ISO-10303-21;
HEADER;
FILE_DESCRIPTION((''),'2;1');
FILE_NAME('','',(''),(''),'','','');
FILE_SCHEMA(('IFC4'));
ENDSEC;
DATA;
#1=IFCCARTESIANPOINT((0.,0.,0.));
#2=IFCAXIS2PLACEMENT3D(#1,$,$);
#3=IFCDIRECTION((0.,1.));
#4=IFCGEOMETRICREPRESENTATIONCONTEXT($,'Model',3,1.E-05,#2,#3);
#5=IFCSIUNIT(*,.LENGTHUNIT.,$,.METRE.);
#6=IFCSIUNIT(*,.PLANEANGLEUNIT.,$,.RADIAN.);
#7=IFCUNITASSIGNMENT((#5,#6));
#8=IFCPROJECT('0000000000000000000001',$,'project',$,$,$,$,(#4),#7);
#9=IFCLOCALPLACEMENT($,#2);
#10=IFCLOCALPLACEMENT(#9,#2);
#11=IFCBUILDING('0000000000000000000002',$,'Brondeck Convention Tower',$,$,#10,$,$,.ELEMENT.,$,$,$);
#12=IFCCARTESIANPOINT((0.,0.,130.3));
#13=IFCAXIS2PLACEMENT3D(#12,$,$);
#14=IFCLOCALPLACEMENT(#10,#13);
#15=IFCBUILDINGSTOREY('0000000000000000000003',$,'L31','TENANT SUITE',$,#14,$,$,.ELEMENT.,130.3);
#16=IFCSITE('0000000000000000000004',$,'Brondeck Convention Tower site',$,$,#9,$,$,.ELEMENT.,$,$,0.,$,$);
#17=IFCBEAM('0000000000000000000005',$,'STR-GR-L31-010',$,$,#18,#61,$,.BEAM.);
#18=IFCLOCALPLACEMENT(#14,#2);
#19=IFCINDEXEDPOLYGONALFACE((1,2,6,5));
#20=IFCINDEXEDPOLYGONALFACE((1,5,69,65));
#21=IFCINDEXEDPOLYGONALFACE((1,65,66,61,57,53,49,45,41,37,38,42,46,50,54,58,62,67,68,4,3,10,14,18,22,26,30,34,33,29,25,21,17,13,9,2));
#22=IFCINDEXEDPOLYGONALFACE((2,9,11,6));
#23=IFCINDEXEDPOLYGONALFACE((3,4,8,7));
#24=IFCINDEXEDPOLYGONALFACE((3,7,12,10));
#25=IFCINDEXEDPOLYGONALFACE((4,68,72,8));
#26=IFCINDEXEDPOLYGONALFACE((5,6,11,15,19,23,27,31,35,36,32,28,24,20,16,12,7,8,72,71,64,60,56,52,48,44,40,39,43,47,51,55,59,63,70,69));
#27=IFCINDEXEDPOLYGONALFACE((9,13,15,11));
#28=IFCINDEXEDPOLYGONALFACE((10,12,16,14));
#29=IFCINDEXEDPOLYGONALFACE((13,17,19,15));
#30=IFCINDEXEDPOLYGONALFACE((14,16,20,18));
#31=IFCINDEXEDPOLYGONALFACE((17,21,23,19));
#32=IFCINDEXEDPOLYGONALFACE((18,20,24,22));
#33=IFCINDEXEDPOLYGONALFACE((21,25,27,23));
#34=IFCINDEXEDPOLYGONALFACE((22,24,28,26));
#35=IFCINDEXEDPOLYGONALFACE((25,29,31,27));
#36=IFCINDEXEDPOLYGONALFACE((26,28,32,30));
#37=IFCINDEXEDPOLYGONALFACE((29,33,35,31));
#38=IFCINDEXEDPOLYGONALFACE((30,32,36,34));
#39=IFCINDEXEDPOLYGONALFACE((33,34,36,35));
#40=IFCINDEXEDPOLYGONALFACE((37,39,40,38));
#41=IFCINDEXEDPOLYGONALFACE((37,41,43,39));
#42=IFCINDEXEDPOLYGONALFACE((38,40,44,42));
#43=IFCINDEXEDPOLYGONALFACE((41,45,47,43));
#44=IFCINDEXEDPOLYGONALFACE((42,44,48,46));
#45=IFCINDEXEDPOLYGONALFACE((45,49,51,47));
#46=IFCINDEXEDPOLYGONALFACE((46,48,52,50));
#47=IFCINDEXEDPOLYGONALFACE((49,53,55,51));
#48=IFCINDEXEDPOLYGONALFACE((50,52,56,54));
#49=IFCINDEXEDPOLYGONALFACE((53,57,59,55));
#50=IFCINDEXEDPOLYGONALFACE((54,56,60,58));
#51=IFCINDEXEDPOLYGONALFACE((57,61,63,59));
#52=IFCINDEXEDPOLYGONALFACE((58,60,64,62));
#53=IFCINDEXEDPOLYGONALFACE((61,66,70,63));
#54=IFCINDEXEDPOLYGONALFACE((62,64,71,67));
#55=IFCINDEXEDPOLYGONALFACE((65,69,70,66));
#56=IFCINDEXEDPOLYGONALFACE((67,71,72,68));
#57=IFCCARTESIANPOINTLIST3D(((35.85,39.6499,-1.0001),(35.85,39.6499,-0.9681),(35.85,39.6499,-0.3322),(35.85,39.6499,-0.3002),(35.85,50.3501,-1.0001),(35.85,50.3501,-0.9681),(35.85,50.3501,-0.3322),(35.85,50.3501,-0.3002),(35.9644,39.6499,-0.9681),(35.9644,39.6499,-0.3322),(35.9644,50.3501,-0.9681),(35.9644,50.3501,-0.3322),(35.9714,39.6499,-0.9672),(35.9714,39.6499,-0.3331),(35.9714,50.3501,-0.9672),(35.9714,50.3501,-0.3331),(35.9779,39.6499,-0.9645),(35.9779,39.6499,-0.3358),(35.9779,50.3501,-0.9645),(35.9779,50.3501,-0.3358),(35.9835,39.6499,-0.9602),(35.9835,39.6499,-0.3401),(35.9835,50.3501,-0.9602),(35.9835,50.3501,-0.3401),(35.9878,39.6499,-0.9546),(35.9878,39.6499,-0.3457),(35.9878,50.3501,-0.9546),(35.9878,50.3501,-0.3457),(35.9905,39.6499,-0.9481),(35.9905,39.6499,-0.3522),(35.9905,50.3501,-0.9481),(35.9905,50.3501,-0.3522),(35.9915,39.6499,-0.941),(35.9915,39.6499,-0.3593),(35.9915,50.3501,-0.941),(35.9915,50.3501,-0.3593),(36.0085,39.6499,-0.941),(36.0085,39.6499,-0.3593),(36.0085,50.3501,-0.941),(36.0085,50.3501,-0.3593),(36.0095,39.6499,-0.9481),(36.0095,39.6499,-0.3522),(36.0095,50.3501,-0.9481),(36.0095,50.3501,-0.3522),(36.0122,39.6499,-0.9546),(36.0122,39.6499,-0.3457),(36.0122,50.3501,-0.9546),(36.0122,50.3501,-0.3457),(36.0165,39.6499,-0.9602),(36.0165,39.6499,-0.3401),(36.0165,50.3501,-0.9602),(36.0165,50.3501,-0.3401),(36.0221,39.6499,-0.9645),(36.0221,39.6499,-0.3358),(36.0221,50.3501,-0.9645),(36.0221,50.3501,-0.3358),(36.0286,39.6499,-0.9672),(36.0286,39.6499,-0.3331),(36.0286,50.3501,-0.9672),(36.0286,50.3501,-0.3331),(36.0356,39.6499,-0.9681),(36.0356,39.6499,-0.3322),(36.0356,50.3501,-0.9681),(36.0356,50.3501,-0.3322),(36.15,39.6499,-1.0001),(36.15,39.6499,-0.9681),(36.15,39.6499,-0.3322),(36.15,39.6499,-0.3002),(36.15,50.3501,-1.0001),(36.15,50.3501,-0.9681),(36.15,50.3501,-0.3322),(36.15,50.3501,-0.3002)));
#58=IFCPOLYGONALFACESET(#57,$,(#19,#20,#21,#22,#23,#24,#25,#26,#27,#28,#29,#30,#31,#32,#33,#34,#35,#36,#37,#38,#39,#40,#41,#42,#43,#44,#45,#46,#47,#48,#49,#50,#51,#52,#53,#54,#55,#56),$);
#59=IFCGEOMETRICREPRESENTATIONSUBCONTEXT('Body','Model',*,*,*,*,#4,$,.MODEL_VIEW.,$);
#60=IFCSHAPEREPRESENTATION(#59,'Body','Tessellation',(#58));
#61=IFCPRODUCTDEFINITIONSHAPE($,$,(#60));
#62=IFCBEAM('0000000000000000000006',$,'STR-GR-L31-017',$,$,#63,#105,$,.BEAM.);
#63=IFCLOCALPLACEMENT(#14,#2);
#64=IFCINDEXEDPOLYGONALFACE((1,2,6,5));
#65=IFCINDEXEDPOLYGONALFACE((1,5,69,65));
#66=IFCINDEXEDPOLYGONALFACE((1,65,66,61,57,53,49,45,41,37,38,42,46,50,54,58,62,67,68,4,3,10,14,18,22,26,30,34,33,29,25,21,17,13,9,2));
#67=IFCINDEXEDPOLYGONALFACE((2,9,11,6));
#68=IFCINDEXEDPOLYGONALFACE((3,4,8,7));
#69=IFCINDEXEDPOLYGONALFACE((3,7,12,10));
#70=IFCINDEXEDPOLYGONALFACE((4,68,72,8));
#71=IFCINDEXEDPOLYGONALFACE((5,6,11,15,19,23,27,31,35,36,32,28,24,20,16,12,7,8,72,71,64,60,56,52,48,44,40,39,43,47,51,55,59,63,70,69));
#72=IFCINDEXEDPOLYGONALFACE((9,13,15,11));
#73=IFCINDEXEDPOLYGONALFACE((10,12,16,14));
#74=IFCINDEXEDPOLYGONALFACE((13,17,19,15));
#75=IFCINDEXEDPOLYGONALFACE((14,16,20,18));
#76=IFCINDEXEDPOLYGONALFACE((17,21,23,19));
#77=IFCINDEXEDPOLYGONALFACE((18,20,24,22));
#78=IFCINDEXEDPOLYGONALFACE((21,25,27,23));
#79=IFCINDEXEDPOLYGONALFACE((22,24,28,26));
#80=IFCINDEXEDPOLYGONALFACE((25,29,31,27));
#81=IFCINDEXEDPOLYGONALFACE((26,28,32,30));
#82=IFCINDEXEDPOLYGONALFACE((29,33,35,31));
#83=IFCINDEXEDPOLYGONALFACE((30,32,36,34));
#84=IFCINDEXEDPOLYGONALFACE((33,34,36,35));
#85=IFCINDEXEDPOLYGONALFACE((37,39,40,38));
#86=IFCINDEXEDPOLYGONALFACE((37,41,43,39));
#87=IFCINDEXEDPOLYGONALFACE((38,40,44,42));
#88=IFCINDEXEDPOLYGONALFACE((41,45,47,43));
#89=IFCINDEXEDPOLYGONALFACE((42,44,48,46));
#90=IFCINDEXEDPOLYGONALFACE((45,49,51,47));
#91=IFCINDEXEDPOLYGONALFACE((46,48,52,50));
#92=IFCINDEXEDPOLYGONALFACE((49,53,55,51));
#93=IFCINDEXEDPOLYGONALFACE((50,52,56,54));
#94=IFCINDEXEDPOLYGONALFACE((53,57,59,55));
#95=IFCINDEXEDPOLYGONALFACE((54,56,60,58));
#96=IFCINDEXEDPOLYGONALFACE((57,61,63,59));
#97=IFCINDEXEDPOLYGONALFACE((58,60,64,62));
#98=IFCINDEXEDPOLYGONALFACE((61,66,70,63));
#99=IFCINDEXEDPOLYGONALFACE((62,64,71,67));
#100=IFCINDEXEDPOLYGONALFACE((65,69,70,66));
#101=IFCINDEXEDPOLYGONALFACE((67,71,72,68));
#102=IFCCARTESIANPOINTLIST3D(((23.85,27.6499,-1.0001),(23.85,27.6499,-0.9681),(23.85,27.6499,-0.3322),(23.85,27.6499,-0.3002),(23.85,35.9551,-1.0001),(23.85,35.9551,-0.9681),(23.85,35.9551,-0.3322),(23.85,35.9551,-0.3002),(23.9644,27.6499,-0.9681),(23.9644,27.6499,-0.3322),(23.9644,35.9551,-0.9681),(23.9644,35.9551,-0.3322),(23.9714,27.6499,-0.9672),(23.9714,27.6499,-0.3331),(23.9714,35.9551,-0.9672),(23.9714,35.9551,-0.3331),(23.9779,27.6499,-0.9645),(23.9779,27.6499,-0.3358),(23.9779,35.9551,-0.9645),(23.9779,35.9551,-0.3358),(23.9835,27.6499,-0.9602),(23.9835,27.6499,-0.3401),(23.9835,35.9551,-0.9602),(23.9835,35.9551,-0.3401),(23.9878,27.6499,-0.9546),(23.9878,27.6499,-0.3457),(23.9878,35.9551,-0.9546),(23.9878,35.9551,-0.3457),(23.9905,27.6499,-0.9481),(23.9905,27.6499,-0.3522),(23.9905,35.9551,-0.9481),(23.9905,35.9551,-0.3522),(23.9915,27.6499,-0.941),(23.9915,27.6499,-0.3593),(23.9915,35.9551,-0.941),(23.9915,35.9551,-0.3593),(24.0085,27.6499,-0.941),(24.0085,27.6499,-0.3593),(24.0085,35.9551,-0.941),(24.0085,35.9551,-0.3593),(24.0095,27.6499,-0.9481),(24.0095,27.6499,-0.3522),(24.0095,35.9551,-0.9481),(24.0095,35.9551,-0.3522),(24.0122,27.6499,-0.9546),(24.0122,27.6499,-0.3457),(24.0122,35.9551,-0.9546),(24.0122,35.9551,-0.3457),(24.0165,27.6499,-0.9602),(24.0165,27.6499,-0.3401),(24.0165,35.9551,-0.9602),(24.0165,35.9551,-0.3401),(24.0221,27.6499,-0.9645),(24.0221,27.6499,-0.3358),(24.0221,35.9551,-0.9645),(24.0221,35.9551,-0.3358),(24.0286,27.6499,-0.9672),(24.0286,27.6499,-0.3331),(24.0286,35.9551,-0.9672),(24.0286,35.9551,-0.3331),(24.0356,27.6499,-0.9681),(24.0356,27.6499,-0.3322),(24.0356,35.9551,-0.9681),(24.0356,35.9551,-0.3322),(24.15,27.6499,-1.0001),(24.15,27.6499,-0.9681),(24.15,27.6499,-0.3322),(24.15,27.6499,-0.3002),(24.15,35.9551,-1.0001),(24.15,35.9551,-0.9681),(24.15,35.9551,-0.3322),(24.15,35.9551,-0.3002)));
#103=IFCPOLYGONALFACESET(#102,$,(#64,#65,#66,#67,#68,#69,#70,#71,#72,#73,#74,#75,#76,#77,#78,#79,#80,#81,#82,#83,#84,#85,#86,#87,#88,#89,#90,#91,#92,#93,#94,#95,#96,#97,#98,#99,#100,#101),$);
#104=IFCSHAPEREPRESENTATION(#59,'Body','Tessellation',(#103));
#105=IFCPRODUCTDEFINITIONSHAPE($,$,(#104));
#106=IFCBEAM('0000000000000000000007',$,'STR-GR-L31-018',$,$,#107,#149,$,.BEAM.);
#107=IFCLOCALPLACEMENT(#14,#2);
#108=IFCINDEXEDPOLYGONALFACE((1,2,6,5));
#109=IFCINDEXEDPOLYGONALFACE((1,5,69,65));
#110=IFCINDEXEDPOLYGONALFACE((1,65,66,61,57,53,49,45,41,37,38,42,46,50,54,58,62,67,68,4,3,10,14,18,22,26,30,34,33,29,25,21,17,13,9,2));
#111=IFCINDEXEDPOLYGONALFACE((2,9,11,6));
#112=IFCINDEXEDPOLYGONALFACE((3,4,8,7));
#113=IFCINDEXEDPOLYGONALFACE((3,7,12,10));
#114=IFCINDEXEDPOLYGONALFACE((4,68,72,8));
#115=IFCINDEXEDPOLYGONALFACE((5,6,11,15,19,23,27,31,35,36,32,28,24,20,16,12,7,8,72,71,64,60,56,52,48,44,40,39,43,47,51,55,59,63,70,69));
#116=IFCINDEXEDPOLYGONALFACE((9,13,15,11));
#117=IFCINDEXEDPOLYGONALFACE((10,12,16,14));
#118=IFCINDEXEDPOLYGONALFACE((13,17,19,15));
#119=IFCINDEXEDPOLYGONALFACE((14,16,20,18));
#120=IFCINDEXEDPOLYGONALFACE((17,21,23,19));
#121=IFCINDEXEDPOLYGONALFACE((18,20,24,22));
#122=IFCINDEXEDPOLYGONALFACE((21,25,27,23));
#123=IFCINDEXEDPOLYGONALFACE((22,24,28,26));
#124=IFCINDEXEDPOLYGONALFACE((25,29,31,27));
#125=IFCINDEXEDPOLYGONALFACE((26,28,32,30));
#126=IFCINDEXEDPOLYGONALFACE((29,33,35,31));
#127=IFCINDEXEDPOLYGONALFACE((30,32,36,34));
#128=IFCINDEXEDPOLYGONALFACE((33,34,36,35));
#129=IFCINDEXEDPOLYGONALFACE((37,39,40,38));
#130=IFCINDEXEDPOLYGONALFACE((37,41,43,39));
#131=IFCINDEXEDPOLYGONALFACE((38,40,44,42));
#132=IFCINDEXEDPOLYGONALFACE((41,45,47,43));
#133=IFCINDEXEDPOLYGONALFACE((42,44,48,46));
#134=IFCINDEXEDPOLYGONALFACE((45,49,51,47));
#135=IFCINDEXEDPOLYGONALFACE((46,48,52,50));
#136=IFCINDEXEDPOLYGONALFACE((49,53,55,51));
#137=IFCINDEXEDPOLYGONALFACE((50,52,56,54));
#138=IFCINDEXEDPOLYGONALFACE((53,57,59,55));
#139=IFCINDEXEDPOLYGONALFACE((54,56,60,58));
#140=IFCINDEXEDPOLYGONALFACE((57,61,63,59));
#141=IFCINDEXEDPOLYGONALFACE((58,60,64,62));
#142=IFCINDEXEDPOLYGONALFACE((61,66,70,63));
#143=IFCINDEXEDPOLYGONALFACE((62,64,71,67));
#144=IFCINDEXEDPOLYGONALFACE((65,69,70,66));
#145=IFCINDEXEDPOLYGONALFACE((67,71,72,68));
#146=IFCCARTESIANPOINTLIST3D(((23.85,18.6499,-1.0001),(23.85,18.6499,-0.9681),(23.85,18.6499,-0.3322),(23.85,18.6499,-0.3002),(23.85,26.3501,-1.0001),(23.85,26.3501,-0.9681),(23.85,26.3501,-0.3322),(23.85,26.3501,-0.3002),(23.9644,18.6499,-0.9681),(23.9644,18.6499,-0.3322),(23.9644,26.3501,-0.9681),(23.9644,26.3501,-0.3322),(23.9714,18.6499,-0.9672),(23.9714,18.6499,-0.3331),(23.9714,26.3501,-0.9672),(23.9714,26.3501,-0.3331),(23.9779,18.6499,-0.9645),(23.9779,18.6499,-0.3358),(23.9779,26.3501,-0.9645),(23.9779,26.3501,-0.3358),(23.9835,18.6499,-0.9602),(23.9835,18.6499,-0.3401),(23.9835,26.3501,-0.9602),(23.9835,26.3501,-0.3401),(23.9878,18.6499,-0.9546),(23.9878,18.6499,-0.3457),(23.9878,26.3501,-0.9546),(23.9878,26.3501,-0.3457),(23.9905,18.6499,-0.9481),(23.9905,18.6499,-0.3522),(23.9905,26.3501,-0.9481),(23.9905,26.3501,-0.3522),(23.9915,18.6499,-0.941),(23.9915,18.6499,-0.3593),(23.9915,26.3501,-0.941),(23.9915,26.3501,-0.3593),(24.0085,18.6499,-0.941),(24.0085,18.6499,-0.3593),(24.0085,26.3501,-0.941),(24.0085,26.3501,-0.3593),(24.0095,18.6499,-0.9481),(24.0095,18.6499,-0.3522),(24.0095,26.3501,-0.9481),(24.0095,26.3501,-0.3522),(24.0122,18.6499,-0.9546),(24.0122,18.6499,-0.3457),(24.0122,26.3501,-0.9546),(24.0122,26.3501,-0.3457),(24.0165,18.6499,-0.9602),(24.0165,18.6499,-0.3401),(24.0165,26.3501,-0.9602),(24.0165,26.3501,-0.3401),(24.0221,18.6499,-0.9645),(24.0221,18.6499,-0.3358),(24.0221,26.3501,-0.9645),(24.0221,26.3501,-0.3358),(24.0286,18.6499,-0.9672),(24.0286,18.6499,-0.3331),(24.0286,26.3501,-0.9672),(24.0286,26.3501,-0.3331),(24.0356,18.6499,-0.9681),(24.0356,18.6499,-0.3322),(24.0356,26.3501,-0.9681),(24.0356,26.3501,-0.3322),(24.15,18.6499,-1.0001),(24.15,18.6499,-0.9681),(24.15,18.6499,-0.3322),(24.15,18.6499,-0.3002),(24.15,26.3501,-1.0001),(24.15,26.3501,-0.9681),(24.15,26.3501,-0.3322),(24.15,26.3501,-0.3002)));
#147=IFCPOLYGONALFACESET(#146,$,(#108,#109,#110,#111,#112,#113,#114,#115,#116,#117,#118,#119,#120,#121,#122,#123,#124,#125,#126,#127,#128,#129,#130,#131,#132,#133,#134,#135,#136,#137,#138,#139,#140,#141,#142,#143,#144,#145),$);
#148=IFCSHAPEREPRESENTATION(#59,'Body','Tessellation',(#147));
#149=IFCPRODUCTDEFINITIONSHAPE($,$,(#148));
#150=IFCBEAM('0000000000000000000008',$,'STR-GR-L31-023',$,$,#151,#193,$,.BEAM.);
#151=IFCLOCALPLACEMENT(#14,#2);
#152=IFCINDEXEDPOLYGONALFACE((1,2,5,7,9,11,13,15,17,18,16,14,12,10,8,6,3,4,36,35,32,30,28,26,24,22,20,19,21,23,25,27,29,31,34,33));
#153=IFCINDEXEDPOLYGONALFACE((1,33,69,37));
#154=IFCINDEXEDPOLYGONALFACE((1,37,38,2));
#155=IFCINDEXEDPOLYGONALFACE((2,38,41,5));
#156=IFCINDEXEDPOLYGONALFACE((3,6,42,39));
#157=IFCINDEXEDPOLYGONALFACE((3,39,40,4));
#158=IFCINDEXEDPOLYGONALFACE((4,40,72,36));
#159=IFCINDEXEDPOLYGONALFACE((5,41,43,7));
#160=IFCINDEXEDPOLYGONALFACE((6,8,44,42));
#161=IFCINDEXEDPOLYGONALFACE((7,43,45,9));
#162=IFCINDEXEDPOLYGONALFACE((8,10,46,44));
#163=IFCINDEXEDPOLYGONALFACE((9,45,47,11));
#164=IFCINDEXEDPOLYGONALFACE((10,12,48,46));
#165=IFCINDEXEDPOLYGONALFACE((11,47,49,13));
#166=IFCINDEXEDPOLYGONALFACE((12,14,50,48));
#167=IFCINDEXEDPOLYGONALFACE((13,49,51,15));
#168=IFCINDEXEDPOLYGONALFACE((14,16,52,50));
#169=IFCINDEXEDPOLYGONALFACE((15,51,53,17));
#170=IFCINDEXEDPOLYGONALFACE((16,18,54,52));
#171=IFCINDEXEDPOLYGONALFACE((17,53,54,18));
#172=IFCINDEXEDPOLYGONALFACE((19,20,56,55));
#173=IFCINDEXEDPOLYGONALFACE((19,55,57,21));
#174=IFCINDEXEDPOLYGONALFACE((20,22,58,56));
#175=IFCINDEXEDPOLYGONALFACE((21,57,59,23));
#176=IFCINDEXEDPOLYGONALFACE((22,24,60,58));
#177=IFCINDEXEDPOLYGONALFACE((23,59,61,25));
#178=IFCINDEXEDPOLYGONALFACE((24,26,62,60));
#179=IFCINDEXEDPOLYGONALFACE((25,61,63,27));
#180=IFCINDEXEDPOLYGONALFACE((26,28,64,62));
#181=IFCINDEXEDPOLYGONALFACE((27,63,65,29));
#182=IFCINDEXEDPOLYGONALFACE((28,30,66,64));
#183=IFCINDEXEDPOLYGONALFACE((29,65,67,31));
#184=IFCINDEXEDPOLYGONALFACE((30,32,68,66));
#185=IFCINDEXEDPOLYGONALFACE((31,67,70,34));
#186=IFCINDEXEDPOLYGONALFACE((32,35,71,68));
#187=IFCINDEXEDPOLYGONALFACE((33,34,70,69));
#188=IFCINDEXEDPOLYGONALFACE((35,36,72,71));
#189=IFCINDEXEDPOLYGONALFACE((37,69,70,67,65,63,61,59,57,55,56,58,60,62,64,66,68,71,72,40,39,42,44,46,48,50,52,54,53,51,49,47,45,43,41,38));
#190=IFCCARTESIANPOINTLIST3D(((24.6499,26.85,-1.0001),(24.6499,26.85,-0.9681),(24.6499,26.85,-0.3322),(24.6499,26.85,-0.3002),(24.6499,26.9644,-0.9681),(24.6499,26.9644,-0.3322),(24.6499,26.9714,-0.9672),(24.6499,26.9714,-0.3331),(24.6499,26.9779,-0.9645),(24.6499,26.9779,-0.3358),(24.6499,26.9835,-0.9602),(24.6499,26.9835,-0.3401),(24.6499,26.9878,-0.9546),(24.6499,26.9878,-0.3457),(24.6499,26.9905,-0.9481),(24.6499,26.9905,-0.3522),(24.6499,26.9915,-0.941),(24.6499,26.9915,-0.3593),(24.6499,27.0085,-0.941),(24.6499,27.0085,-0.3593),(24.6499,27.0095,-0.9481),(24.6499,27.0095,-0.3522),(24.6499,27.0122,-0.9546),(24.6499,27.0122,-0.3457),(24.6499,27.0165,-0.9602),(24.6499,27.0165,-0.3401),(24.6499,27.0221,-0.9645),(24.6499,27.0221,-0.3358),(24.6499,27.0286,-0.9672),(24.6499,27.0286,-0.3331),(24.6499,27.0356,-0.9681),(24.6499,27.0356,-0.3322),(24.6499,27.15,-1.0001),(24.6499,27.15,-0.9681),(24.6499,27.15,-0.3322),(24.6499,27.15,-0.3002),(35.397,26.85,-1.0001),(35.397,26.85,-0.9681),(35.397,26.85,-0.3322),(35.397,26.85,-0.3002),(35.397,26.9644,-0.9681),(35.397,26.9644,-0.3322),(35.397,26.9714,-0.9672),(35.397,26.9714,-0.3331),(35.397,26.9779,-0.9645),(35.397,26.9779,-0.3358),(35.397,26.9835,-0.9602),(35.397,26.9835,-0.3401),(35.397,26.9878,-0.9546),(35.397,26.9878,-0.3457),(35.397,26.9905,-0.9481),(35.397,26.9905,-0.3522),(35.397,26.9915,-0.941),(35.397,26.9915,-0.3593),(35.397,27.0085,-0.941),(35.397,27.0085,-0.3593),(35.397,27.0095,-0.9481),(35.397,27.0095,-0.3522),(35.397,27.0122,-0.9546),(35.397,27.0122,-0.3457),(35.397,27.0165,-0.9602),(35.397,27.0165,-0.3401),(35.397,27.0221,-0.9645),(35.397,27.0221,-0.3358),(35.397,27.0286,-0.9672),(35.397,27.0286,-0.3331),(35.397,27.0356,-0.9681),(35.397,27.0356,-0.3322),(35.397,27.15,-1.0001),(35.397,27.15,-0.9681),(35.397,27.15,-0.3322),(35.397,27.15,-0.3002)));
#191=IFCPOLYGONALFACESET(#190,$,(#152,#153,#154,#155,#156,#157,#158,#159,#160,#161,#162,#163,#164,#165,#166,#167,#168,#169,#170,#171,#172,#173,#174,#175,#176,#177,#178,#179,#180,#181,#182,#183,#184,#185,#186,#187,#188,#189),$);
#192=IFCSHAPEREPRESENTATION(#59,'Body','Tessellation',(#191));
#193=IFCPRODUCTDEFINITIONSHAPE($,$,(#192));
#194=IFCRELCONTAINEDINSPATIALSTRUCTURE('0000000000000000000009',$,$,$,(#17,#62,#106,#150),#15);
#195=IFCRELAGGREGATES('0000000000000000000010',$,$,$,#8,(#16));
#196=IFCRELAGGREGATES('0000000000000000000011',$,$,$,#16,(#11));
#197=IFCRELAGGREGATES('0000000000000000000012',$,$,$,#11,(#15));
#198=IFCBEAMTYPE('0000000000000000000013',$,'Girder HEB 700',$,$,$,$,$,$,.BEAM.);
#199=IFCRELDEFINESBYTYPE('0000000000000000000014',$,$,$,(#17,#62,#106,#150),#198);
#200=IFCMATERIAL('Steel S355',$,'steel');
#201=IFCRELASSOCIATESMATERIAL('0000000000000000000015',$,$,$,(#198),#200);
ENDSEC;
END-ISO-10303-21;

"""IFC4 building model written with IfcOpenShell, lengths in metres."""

from ifc_helpers import new_model, si_unit, direction, frame, origin, origin_2d, place, context, subcontext, project, spatial, i_section, extrude, material, material_profile, profile_set, type_object, element, save


model = new_model("IFC4")

# Units and contexts
model_context = context("Model", 3, precision=1e-05, world=origin(), true_north=direction((0.0, 1.0)))
body_context = subcontext(model_context, "Body", "Model", "MODEL_VIEW")
ifc_project = project(units=[si_unit("LENGTHUNIT", "METRE"), si_unit("PLANEANGLEUNIT", "RADIAN")], contexts=[model_context])

# Site, building, storey
site_placement = place(None, origin())
site = spatial("IfcSite", under=ifc_project, at=site_placement, Name="Brondeck Convention Tower site", CompositionType="ELEMENT", RefElevation=0.0)
building_placement = place(site_placement, origin())
building = spatial("IfcBuilding", under=site, at=building_placement, Name="Brondeck Convention Tower", CompositionType="ELEMENT")
storey_placement = place(building_placement, frame((0.0, 0.0, 130.3)))
storey = spatial("IfcBuildingStorey", under=building, at=storey_placement, Name="L31", Description="TENANT SUITE", CompositionType="ELEMENT", Elevation=130.3)

# Beams
ifc_material_1 = material(Name="Steel S355", Category="steel")
ifc_material_profile_1 = material_profile(ifc_material_1, i_section(OverallWidth=0.3, OverallDepth=0.7, WebThickness=0.0171, FlangeThickness=0.032, FilletRadius=0.0271, at=origin_2d()), Name="HEB 700")
ifc_profile_set_1 = profile_set([ifc_material_profile_1], Name="Steel S355")
beam_type_1 = type_object("IfcBeamType", Name="Girder HEB 700", PredefinedType="BEAM", material=ifc_profile_set_1)
beam_1_placement = place(storey_placement, frame((36.0, 39.6499, -0.6501), z_axis=(0.0, 1.0, 0.0), x_axis=(-1.0, 0.0, 0.0)))
element("IfcBeam", 1, at=beam_1_placement, inside=storey, type_object=beam_type_1, Name="STR-GR-L31-010", PredefinedType="BEAM", context=body_context, shape_type="SweptSolid", body=[
    extrude(i_section(OverallWidth=0.3, OverallDepth=0.7, WebThickness=0.0171, FlangeThickness=0.032, FilletRadius=0.0271, at=origin_2d()), origin(), (0.0, 0.0, 1.0), 10.7002),
])
beam_2_placement = place(storey_placement, frame((24.0, 35.9551, -0.6501), z_axis=(0.0, -1.0, 0.0), x_axis=(1.0, 0.0, 0.0)))
element("IfcBeam", 2, at=beam_2_placement, inside=storey, type_object=beam_type_1, Name="STR-GR-L31-017", PredefinedType="BEAM", context=body_context, shape_type="SweptSolid", body=[
    extrude(i_section(OverallWidth=0.3, OverallDepth=0.7, WebThickness=0.0171, FlangeThickness=0.032, FilletRadius=0.0271, at=origin_2d()), origin(), (0.0, 0.0, 1.0), 8.3052),
])
beam_3_placement = place(storey_placement, frame((24.0, 26.3501, -0.6501), z_axis=(0.0, -1.0, 0.0), x_axis=(1.0, 0.0, 0.0)))
element("IfcBeam", 3, at=beam_3_placement, inside=storey, type_object=beam_type_1, Name="STR-GR-L31-018", PredefinedType="BEAM", context=body_context, shape_type="SweptSolid", body=[
    extrude(i_section(OverallWidth=0.3, OverallDepth=0.7, WebThickness=0.0171, FlangeThickness=0.032, FilletRadius=0.0271, at=origin_2d()), origin(), (0.0, 0.0, 1.0), 7.7002),
])
beam_4_placement = place(storey_placement, frame((24.6499, 27.0, -0.6501), z_axis=(1.0, 0.0, 0.0), x_axis=(0.0, 1.0, 0.0)))
element("IfcBeam", 4, at=beam_4_placement, inside=storey, type_object=beam_type_1, Name="STR-GR-L31-023", PredefinedType="BEAM", context=body_context, shape_type="SweptSolid", body=[
    extrude(i_section(OverallWidth=0.3, OverallDepth=0.7, WebThickness=0.0171, FlangeThickness=0.032, FilletRadius=0.0271, at=origin_2d()), origin(), (0.0, 0.0, 1.0), 10.7471),
])

save(model, "model.ifc")
